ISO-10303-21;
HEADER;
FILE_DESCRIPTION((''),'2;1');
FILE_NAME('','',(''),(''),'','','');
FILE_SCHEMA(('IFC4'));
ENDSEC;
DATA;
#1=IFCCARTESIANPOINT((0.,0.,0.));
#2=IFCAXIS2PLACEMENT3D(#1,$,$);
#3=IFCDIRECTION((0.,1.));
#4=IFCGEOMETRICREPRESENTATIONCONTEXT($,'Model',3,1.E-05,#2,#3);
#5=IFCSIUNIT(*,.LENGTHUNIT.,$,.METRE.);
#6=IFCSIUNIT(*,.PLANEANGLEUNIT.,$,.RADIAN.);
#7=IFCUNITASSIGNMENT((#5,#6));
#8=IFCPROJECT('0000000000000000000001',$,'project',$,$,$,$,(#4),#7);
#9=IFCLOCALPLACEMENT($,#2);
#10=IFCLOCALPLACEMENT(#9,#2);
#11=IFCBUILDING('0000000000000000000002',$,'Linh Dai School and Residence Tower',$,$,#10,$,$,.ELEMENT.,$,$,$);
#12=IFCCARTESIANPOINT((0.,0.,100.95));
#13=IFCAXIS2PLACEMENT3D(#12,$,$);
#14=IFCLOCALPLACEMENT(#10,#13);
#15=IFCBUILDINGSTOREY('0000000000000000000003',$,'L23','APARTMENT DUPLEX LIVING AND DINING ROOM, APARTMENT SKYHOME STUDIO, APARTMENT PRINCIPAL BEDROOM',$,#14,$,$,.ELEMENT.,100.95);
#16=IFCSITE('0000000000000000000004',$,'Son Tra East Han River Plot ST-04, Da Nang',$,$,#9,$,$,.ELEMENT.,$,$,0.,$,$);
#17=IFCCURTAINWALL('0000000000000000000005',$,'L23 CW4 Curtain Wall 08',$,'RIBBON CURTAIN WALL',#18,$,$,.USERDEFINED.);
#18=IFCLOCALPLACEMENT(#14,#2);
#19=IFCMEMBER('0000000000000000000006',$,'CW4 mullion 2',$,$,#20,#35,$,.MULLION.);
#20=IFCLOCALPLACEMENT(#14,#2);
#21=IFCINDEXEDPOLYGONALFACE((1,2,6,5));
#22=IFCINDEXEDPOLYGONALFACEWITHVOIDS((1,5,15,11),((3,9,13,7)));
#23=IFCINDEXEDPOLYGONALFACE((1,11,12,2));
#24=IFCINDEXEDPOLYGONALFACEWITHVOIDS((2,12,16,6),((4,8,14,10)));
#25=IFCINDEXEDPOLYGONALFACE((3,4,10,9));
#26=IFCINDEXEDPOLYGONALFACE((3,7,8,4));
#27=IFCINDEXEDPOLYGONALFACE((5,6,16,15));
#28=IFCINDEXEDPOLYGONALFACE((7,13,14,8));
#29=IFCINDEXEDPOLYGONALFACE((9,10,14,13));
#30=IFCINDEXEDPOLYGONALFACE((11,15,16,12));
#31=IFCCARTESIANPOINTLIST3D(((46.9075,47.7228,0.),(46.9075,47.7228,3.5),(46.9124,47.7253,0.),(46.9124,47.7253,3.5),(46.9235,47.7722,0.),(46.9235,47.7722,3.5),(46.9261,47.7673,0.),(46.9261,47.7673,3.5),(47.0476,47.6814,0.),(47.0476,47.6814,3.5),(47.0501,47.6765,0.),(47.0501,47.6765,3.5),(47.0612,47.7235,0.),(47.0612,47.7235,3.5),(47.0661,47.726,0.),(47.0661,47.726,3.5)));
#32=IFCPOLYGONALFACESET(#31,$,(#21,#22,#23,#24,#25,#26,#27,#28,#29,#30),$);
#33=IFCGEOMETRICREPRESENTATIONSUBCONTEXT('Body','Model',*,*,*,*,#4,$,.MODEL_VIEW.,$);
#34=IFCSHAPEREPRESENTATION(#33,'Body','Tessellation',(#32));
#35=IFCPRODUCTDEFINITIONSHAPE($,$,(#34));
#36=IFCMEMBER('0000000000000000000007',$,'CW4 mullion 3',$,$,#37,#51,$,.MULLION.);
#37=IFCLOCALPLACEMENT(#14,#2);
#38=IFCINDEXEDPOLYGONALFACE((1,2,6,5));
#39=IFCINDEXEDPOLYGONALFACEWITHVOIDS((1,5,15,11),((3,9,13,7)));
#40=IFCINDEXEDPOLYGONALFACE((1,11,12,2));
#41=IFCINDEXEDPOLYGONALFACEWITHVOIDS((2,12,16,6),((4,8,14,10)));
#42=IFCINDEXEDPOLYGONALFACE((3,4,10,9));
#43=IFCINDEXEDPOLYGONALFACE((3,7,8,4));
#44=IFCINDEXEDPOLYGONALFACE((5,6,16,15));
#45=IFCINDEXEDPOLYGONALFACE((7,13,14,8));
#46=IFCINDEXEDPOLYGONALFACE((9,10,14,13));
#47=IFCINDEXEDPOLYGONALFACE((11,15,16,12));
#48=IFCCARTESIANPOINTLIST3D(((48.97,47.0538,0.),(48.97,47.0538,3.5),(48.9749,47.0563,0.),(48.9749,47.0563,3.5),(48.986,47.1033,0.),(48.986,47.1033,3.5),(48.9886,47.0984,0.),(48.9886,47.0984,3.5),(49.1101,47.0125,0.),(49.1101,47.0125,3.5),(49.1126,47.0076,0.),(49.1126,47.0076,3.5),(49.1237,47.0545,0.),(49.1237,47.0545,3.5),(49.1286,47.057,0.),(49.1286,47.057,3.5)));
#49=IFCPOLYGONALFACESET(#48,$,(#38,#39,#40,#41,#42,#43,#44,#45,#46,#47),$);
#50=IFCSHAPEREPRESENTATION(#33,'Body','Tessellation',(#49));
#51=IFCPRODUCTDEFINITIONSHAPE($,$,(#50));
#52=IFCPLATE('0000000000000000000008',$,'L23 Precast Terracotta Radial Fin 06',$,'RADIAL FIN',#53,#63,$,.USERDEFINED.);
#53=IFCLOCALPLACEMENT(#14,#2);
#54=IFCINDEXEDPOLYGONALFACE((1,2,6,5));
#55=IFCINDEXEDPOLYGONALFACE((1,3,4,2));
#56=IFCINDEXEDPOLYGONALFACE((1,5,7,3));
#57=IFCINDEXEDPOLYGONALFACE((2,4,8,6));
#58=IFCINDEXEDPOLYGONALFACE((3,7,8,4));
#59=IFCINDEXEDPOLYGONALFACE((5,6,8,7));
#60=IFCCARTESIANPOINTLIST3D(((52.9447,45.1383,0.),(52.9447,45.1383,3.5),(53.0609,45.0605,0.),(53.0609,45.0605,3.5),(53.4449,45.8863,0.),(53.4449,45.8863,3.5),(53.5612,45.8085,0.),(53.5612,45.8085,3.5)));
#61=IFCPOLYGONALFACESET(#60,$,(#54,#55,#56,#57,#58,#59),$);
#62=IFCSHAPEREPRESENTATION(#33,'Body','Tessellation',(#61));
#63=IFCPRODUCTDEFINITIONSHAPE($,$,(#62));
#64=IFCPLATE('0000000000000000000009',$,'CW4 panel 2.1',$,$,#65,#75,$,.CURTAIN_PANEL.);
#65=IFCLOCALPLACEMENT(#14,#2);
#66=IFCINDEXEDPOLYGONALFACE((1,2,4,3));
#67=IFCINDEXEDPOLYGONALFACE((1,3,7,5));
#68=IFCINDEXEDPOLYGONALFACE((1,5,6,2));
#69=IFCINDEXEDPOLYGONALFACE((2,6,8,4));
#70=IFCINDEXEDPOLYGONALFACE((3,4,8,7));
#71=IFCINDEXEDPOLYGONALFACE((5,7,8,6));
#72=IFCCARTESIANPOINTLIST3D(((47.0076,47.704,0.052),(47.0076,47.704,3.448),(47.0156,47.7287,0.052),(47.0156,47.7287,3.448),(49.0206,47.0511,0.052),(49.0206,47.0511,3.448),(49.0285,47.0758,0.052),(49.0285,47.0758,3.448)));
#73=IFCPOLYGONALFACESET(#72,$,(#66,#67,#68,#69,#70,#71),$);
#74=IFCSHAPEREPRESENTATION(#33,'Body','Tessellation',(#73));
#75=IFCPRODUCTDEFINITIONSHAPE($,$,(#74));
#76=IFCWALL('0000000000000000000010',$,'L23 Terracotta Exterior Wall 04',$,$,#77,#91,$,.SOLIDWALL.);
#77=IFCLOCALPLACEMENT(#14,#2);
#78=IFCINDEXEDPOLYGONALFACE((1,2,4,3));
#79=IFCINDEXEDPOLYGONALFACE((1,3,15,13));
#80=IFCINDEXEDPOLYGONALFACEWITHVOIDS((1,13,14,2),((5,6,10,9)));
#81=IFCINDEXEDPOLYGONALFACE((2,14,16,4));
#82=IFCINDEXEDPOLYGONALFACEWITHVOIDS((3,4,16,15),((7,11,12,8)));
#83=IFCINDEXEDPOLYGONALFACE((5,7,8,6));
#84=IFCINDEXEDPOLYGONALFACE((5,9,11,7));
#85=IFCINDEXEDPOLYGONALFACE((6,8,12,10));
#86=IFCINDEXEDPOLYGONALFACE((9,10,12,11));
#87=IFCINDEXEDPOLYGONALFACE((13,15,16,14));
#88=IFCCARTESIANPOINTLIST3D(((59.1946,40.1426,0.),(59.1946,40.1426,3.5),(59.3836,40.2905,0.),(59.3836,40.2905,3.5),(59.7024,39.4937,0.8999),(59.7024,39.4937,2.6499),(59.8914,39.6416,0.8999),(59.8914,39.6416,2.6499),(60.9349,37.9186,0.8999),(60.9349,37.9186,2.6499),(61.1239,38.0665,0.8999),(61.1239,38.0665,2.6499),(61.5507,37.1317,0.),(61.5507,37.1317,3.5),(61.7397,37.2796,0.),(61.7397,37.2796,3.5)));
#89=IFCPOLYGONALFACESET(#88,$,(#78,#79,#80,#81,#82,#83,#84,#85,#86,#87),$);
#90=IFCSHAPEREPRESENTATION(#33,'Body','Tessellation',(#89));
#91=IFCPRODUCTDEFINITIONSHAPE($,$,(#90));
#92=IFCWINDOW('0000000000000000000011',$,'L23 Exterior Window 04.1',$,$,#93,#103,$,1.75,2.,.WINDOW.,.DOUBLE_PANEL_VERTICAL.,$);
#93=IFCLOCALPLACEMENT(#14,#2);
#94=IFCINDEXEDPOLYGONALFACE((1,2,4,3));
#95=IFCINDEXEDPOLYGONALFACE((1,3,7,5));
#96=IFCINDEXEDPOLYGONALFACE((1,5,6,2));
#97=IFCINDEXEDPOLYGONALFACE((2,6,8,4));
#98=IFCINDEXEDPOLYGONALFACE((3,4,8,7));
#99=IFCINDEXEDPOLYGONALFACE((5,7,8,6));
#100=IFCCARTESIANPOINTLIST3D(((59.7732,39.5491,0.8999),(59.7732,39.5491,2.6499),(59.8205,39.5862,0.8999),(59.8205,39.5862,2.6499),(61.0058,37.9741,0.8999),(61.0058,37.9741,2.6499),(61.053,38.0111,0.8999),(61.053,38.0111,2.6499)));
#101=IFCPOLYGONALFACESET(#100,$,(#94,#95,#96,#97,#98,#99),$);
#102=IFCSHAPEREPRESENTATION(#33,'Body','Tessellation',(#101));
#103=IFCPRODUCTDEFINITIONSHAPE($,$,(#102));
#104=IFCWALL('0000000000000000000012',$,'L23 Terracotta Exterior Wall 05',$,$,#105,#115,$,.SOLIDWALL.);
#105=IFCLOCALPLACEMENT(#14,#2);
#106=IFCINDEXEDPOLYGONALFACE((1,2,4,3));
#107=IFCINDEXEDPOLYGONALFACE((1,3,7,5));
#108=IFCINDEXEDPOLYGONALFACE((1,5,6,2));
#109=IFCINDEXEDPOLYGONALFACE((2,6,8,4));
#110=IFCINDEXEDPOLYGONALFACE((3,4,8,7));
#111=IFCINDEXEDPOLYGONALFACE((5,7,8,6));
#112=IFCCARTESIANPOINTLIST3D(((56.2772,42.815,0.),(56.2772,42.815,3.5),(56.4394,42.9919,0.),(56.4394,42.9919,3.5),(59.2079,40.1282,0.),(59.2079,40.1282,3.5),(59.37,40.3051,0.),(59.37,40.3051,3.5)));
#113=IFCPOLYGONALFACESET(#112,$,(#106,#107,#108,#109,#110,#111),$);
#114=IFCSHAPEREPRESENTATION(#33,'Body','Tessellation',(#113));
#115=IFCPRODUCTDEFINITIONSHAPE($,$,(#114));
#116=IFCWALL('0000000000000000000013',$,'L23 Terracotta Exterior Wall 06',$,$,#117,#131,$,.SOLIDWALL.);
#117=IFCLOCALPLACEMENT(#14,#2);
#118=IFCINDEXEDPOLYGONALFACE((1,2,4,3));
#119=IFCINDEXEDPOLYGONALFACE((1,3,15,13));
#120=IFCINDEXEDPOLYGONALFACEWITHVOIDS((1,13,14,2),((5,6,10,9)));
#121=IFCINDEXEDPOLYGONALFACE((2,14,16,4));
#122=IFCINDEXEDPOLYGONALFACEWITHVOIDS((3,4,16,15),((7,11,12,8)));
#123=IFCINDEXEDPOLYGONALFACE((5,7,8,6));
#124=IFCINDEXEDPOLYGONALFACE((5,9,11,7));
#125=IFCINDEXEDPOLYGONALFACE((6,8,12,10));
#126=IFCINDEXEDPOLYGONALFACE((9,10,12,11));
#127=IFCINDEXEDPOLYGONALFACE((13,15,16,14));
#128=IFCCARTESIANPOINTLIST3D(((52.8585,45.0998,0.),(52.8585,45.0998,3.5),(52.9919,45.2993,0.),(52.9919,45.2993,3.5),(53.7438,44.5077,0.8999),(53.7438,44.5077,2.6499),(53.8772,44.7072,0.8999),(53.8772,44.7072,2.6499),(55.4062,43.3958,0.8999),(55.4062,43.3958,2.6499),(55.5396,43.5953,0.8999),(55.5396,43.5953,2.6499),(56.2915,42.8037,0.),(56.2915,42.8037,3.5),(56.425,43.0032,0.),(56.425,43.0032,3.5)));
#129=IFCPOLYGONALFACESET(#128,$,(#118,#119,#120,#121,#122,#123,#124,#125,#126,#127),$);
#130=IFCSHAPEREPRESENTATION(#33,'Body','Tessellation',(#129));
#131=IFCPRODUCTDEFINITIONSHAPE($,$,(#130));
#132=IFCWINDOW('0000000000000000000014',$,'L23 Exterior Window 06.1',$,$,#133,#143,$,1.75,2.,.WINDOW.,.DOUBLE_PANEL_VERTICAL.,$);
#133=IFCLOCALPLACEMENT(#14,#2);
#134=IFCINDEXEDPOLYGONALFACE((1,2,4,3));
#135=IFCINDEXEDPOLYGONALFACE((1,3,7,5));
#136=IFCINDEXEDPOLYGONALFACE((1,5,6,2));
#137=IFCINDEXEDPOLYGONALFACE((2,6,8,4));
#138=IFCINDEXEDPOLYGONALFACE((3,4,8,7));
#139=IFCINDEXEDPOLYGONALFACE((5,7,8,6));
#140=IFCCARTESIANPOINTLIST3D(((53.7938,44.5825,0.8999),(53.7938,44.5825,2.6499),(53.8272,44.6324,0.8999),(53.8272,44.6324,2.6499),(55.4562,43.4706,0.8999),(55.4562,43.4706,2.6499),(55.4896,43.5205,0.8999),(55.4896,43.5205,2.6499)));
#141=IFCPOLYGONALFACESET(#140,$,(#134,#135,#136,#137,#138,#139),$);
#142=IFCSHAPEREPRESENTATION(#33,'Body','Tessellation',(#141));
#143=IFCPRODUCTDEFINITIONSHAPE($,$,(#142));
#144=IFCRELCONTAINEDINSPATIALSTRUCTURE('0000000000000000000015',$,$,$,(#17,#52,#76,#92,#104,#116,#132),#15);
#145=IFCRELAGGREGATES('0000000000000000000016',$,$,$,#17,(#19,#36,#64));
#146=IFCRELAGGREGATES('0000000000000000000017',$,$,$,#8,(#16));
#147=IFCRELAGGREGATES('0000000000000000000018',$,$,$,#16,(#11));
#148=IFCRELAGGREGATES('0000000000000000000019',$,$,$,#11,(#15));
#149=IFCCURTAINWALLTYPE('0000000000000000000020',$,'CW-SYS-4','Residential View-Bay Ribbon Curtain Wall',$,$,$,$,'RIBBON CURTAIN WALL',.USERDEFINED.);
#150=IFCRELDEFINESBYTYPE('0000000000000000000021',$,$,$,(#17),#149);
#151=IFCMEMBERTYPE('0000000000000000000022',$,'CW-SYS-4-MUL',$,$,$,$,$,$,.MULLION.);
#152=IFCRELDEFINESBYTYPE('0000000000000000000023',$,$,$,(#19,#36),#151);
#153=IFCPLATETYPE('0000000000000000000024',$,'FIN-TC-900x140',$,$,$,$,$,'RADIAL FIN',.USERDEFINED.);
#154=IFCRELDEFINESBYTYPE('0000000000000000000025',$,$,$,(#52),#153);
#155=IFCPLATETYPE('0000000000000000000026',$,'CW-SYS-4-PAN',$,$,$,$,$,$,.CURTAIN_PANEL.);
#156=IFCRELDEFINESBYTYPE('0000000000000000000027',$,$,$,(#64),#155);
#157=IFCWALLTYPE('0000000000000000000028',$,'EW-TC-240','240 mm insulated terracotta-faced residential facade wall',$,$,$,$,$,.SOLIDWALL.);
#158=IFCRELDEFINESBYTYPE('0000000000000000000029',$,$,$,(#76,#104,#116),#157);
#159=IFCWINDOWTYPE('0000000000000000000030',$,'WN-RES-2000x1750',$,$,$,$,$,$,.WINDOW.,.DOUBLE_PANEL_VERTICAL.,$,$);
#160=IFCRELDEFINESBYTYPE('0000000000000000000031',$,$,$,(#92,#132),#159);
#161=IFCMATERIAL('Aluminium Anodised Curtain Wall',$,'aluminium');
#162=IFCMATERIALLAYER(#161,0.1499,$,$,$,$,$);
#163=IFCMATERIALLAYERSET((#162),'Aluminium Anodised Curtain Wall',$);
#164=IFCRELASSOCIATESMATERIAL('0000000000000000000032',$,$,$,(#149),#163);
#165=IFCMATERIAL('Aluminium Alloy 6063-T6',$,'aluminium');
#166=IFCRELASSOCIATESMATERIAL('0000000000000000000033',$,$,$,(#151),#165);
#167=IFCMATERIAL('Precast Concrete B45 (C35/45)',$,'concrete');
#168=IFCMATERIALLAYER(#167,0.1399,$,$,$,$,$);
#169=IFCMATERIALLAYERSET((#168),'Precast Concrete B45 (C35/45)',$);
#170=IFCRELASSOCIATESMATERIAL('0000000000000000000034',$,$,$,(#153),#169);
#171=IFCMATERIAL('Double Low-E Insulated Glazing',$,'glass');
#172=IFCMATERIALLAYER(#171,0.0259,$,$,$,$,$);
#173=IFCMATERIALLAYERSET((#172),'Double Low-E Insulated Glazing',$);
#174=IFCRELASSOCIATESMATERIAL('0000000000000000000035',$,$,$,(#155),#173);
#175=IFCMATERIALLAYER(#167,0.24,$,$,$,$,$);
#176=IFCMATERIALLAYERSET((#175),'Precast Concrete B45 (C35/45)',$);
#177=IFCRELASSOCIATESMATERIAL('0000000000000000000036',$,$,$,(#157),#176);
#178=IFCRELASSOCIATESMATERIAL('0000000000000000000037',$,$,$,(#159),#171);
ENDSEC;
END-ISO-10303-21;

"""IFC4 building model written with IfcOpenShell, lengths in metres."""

from ifc_helpers import new_model, si_unit, direction, frame, frame_2d, origin, origin_2d, place, context, subcontext, project, spatial, rectangle, hollow_rectangle, extrude, source, transform, mapped, material, layer, layer_set, material_profile, profile_set, type_object, element, fill, aggregate, save


model = new_model("IFC4")

# Units and contexts
model_context = context("Model", 3, precision=1e-05, world=origin(), true_north=direction((0.0, 1.0)))
body_context = subcontext(model_context, "Body", "Model", "MODEL_VIEW")
ifc_project = project(units=[si_unit("LENGTHUNIT", "METRE"), si_unit("PLANEANGLEUNIT", "RADIAN")], contexts=[model_context])

# Site, building, storey
site_placement = place(None, origin())
site = spatial("IfcSite", under=ifc_project, at=site_placement, Name="Son Tra East Han River Plot ST-04, Da Nang", CompositionType="ELEMENT", RefElevation=0.0)
building_placement = place(site_placement, origin())
building = spatial("IfcBuilding", under=site, at=building_placement, Name="Linh Dai School and Residence Tower", CompositionType="ELEMENT")
storey_placement = place(building_placement, frame((0.0, 0.0, 100.95)))
storey = spatial("IfcBuildingStorey", under=building, at=storey_placement, Name="L23", Description="APARTMENT DUPLEX LIVING AND DINING ROOM, APARTMENT SKYHOME STUDIO, APARTMENT PRINCIPAL BEDROOM", CompositionType="ELEMENT", Elevation=100.95)

# Curtain wall, members
ifc_material_1 = material(Name="Aluminium Anodised Curtain Wall", Category="aluminium")
ifc_layer_1 = layer(ifc_material_1, 0.1499)
ifc_layer_set_1 = layer_set([ifc_layer_1], Name="Aluminium Anodised Curtain Wall")
curtain_wall_type = type_object("IfcCurtainWallType", Name="CW-SYS-4", Description="Residential View-Bay Ribbon Curtain Wall", ElementType="RIBBON CURTAIN WALL", PredefinedType="USERDEFINED", material=ifc_layer_set_1)
curtain_wall_placement = place(storey_placement, origin())
curtain_wall = element("IfcCurtainWall", 1, at=curtain_wall_placement, inside=storey, type_object=curtain_wall_type, Name="L23 CW4 Curtain Wall 08", ObjectType="RIBBON CURTAIN WALL", PredefinedType="USERDEFINED")
ifc_material_2 = material(Name="Aluminium Alloy 6063-T6", Category="aluminium")
ifc_material_profile_1 = material_profile(ifc_material_2, hollow_rectangle(XDim=0.052, YDim=0.1499, WallThickness=0.0039, at=origin_2d()), Name="RHS 150x52x4")
ifc_profile_set_1 = profile_set([ifc_material_profile_1], Name="Aluminium Alloy 6063-T6")
member_type_1 = type_object("IfcMemberType", Name="CW-SYS-4-MUL", PredefinedType="MULLION", material=ifc_profile_set_1)
shared_shape_1 = source(origin(), body_context, "Body", "SweptSolid", [
    extrude(hollow_rectangle(XDim=0.052, YDim=0.1499, WallThickness=0.0039, at=origin_2d()), origin(), (0.0, 0.0, 1.0), 3.5),
])
member_1_placement = place(storey_placement, frame((46.9868, 47.7244, 0.0), z_axis=(0.0, 0.0, 1.0), x_axis=(0.308522, 0.951217, 0.0)))
member_1 = element("IfcMember", 2, at=member_1_placement, type_object=member_type_1, Name="CW4 mullion 2", PredefinedType="MULLION", context=body_context, shape_type="MappedRepresentation", body=[
    mapped(shared_shape_1, transform((0.0, 0.0, 0.0), x_axis=(1.0, 0.0, 0.0), y_axis=(0.0, 1.0, 0.0), z_axis=(0.0, 0.0, 1.0), scale=1.0)),
])
member_2_placement = place(storey_placement, frame((49.0493, 47.0554, 0.0), z_axis=(0.0, 0.0, 1.0), x_axis=(0.308522, 0.951217, 0.0)))
member_2 = element("IfcMember", 3, at=member_2_placement, type_object=member_type_1, Name="CW4 mullion 3", PredefinedType="MULLION", context=body_context, shape_type="MappedRepresentation", body=[
    mapped(shared_shape_1, transform((0.0, 0.0, 0.0), x_axis=(1.0, 0.0, 0.0), y_axis=(0.0, 1.0, 0.0), z_axis=(0.0, 0.0, 1.0), scale=1.0)),
])

# Plates
ifc_material_3 = material(Name="Precast Concrete B45 (C35/45)", Category="concrete")
ifc_layer_2 = layer(ifc_material_3, 0.1399)
ifc_layer_set_2 = layer_set([ifc_layer_2], Name="Precast Concrete B45 (C35/45)")
plate_type_1 = type_object("IfcPlateType", Name="FIN-TC-900x140", ElementType="RADIAL FIN", PredefinedType="USERDEFINED", material=ifc_layer_set_2)
shared_shape_2 = source(origin(), body_context, "Body", "SweptSolid", [
    extrude(rectangle(XDim=0.8999, YDim=0.1399, at=origin_2d()), origin(), (0.0, 0.0, 1.0), 3.5),
])
plate_1_placement = place(storey_placement, frame((53.2529, 45.4734, 0.0), z_axis=(0.0, 0.0, 1.0), x_axis=(0.555913, 0.83124, 0.0)))
element("IfcPlate", 4, at=plate_1_placement, inside=storey, type_object=plate_type_1, Name="L23 Precast Terracotta Radial Fin 06", ObjectType="RADIAL FIN", PredefinedType="USERDEFINED", context=body_context, shape_type="MappedRepresentation", body=[
    mapped(shared_shape_2, transform((0.0, 0.0, 0.0), x_axis=(1.0, 0.0, 0.0), y_axis=(0.0, 1.0, 0.0), z_axis=(0.0, 0.0, 1.0), scale=1.0)),
])
ifc_material_4 = material(Name="Double Low-E Insulated Glazing", Category="glass")
ifc_layer_3 = layer(ifc_material_4, 0.0259)
ifc_layer_set_3 = layer_set([ifc_layer_3], Name="Double Low-E Insulated Glazing")
plate_type_2 = type_object("IfcPlateType", Name="CW-SYS-4-PAN", PredefinedType="CURTAIN_PANEL", material=ifc_layer_set_3)
shared_shape_3 = source(origin(), body_context, "Body", "SweptSolid", [
    extrude(rectangle(XDim=2.1162, YDim=0.0259, at=origin_2d()), origin(), (0.0, 0.0, 1.0), 3.396),
])
plate_2_placement = place(storey_placement, frame((48.0181, 47.3899, 0.052), z_axis=(0.0, 0.0, 1.0), x_axis=(0.951217, -0.308522, 0.0)))
plate_2 = element("IfcPlate", 5, at=plate_2_placement, type_object=plate_type_2, Name="CW4 panel 2.1", PredefinedType="CURTAIN_PANEL", context=body_context, shape_type="MappedRepresentation", body=[
    mapped(shared_shape_3, transform((0.0, 0.0, 0.0), x_axis=(1.0, 0.0, 0.0), y_axis=(0.0, 1.0, 0.0), z_axis=(0.0, 0.0, 1.0), scale=1.0)),
])
aggregate(curtain_wall, [member_1, member_2, plate_2])

# Wall, opening, window
ifc_layer_4 = layer(ifc_material_3, 0.24)
ifc_layer_set_4 = layer_set([ifc_layer_4], Name="Precast Concrete B45 (C35/45)")
wall_type_1 = type_object("IfcWallType", Name="EW-TC-240", Description="240 mm insulated terracotta-faced residential facade wall", PredefinedType="SOLIDWALL", material=ifc_layer_set_4)
wall_1_placement = place(storey_placement, frame((59.2891, 40.2166, 0.0), z_axis=(0.0, 0.0, 1.0), x_axis=(0.616272, -0.787533, 0.0)))
wall_1 = element("IfcWall", 6, at=wall_1_placement, inside=storey, type_object=wall_type_1, Name="L23 Terracotta Exterior Wall 04", PredefinedType="SOLIDWALL", context=body_context, shape_type="SweptSolid", body=[
    extrude(rectangle(XDim=3.8232, YDim=0.24, at=frame_2d((1.9116, 0.0))), origin(), (0.0, 0.0, 1.0), 3.5),
])
opening_1_placement = place(wall_1_placement, frame((0.824, 0.0, 0.8999)))
opening_1 = element("IfcOpeningElement", 7, at=opening_1_placement, cuts=wall_1, PredefinedType="OPENING", context=body_context, shape_type="SweptSolid", body=[
    extrude(rectangle(XDim=2.0, YDim=1.75, at=origin_2d()), frame((1.0, 0.1299, 0.875), z_axis=(0.0, -1.0, 0.0), x_axis=(1.0, 0.0, 0.0)), (0.0, 0.0, 1.0), 0.26),
])
window_type_1 = type_object("IfcWindowType", Name="WN-RES-2000x1750", PartitioningType="DOUBLE_PANEL_VERTICAL", PredefinedType="WINDOW", material=ifc_material_4)
shared_shape_4 = source(origin(), body_context, "Body", "SweptSolid", [
    extrude(rectangle(XDim=2.0, YDim=1.75, at=origin_2d()), frame((1.0, 0.03, 0.875), z_axis=(0.0, -1.0, 0.0), x_axis=(1.0, 0.0, 0.0)), (0.0, 0.0, 1.0), 0.0601),
])
window_1_placement = place(opening_1_placement, origin())
window_1 = element("IfcWindow", 8, at=window_1_placement, inside=storey, type_object=window_type_1, Name="L23 Exterior Window 04.1", OverallHeight=1.75, OverallWidth=2.0, PartitioningType="DOUBLE_PANEL_VERTICAL", PredefinedType="WINDOW", context=body_context, shape_type="MappedRepresentation", body=[
    mapped(shared_shape_4, transform((0.0, 0.0, 0.0), x_axis=(1.0, 0.0, 0.0), y_axis=(0.0, 1.0, 0.0), z_axis=(0.0, 0.0, 1.0), scale=1.0)),
])
fill(opening_1, window_1)

# Wall
wall_2_placement = place(storey_placement, frame((56.3584, 42.9033, 0.0), z_axis=(0.0, 0.0, 1.0), x_axis=(0.737113, -0.675769, 0.0)))
element("IfcWall", 9, at=wall_2_placement, inside=storey, type_object=wall_type_1, Name="L23 Terracotta Exterior Wall 05", PredefinedType="SOLIDWALL", context=body_context, shape_type="SweptSolid", body=[
    extrude(rectangle(XDim=3.9758, YDim=0.24, at=frame_2d((1.9878, 0.0))), origin(), (0.0, 0.0, 1.0), 3.5),
])

# Wall, opening, window
wall_3_placement = place(storey_placement, frame((52.9253, 45.1995, 0.0), z_axis=(0.0, 0.0, 1.0), x_axis=(0.831222, -0.555941, 0.0)))
wall_3 = element("IfcWall", 10, at=wall_3_placement, inside=storey, type_object=wall_type_1, Name="L23 Terracotta Exterior Wall 06", PredefinedType="SOLIDWALL", context=body_context, shape_type="SweptSolid", body=[
    extrude(rectangle(XDim=4.1301, YDim=0.24, at=frame_2d((2.0649, 0.0))), origin(), (0.0, 0.0, 1.0), 3.5),
])
opening_2_placement = place(wall_3_placement, frame((1.0649, 0.0, 0.8999)))
opening_2 = element("IfcOpeningElement", 11, at=opening_2_placement, cuts=wall_3, PredefinedType="OPENING", context=body_context, shape_type="SweptSolid", body=[
    extrude(rectangle(XDim=2.0, YDim=1.75, at=origin_2d()), frame((1.0, 0.1299, 0.875), z_axis=(0.0, -1.0, 0.0), x_axis=(1.0, 0.0, 0.0)), (0.0, 0.0, 1.0), 0.26),
])
window_2_placement = place(opening_2_placement, origin())
window_2 = element("IfcWindow", 12, at=window_2_placement, inside=storey, type_object=window_type_1, Name="L23 Exterior Window 06.1", OverallHeight=1.75, OverallWidth=2.0, PartitioningType="DOUBLE_PANEL_VERTICAL", PredefinedType="WINDOW", context=body_context, shape_type="MappedRepresentation", body=[
    mapped(shared_shape_4, transform((0.0, 0.0, 0.0), x_axis=(1.0, 0.0, 0.0), y_axis=(0.0, 1.0, 0.0), z_axis=(0.0, 0.0, 1.0), scale=1.0)),
])
fill(opening_2, window_2)

save(model, "model.ifc")
